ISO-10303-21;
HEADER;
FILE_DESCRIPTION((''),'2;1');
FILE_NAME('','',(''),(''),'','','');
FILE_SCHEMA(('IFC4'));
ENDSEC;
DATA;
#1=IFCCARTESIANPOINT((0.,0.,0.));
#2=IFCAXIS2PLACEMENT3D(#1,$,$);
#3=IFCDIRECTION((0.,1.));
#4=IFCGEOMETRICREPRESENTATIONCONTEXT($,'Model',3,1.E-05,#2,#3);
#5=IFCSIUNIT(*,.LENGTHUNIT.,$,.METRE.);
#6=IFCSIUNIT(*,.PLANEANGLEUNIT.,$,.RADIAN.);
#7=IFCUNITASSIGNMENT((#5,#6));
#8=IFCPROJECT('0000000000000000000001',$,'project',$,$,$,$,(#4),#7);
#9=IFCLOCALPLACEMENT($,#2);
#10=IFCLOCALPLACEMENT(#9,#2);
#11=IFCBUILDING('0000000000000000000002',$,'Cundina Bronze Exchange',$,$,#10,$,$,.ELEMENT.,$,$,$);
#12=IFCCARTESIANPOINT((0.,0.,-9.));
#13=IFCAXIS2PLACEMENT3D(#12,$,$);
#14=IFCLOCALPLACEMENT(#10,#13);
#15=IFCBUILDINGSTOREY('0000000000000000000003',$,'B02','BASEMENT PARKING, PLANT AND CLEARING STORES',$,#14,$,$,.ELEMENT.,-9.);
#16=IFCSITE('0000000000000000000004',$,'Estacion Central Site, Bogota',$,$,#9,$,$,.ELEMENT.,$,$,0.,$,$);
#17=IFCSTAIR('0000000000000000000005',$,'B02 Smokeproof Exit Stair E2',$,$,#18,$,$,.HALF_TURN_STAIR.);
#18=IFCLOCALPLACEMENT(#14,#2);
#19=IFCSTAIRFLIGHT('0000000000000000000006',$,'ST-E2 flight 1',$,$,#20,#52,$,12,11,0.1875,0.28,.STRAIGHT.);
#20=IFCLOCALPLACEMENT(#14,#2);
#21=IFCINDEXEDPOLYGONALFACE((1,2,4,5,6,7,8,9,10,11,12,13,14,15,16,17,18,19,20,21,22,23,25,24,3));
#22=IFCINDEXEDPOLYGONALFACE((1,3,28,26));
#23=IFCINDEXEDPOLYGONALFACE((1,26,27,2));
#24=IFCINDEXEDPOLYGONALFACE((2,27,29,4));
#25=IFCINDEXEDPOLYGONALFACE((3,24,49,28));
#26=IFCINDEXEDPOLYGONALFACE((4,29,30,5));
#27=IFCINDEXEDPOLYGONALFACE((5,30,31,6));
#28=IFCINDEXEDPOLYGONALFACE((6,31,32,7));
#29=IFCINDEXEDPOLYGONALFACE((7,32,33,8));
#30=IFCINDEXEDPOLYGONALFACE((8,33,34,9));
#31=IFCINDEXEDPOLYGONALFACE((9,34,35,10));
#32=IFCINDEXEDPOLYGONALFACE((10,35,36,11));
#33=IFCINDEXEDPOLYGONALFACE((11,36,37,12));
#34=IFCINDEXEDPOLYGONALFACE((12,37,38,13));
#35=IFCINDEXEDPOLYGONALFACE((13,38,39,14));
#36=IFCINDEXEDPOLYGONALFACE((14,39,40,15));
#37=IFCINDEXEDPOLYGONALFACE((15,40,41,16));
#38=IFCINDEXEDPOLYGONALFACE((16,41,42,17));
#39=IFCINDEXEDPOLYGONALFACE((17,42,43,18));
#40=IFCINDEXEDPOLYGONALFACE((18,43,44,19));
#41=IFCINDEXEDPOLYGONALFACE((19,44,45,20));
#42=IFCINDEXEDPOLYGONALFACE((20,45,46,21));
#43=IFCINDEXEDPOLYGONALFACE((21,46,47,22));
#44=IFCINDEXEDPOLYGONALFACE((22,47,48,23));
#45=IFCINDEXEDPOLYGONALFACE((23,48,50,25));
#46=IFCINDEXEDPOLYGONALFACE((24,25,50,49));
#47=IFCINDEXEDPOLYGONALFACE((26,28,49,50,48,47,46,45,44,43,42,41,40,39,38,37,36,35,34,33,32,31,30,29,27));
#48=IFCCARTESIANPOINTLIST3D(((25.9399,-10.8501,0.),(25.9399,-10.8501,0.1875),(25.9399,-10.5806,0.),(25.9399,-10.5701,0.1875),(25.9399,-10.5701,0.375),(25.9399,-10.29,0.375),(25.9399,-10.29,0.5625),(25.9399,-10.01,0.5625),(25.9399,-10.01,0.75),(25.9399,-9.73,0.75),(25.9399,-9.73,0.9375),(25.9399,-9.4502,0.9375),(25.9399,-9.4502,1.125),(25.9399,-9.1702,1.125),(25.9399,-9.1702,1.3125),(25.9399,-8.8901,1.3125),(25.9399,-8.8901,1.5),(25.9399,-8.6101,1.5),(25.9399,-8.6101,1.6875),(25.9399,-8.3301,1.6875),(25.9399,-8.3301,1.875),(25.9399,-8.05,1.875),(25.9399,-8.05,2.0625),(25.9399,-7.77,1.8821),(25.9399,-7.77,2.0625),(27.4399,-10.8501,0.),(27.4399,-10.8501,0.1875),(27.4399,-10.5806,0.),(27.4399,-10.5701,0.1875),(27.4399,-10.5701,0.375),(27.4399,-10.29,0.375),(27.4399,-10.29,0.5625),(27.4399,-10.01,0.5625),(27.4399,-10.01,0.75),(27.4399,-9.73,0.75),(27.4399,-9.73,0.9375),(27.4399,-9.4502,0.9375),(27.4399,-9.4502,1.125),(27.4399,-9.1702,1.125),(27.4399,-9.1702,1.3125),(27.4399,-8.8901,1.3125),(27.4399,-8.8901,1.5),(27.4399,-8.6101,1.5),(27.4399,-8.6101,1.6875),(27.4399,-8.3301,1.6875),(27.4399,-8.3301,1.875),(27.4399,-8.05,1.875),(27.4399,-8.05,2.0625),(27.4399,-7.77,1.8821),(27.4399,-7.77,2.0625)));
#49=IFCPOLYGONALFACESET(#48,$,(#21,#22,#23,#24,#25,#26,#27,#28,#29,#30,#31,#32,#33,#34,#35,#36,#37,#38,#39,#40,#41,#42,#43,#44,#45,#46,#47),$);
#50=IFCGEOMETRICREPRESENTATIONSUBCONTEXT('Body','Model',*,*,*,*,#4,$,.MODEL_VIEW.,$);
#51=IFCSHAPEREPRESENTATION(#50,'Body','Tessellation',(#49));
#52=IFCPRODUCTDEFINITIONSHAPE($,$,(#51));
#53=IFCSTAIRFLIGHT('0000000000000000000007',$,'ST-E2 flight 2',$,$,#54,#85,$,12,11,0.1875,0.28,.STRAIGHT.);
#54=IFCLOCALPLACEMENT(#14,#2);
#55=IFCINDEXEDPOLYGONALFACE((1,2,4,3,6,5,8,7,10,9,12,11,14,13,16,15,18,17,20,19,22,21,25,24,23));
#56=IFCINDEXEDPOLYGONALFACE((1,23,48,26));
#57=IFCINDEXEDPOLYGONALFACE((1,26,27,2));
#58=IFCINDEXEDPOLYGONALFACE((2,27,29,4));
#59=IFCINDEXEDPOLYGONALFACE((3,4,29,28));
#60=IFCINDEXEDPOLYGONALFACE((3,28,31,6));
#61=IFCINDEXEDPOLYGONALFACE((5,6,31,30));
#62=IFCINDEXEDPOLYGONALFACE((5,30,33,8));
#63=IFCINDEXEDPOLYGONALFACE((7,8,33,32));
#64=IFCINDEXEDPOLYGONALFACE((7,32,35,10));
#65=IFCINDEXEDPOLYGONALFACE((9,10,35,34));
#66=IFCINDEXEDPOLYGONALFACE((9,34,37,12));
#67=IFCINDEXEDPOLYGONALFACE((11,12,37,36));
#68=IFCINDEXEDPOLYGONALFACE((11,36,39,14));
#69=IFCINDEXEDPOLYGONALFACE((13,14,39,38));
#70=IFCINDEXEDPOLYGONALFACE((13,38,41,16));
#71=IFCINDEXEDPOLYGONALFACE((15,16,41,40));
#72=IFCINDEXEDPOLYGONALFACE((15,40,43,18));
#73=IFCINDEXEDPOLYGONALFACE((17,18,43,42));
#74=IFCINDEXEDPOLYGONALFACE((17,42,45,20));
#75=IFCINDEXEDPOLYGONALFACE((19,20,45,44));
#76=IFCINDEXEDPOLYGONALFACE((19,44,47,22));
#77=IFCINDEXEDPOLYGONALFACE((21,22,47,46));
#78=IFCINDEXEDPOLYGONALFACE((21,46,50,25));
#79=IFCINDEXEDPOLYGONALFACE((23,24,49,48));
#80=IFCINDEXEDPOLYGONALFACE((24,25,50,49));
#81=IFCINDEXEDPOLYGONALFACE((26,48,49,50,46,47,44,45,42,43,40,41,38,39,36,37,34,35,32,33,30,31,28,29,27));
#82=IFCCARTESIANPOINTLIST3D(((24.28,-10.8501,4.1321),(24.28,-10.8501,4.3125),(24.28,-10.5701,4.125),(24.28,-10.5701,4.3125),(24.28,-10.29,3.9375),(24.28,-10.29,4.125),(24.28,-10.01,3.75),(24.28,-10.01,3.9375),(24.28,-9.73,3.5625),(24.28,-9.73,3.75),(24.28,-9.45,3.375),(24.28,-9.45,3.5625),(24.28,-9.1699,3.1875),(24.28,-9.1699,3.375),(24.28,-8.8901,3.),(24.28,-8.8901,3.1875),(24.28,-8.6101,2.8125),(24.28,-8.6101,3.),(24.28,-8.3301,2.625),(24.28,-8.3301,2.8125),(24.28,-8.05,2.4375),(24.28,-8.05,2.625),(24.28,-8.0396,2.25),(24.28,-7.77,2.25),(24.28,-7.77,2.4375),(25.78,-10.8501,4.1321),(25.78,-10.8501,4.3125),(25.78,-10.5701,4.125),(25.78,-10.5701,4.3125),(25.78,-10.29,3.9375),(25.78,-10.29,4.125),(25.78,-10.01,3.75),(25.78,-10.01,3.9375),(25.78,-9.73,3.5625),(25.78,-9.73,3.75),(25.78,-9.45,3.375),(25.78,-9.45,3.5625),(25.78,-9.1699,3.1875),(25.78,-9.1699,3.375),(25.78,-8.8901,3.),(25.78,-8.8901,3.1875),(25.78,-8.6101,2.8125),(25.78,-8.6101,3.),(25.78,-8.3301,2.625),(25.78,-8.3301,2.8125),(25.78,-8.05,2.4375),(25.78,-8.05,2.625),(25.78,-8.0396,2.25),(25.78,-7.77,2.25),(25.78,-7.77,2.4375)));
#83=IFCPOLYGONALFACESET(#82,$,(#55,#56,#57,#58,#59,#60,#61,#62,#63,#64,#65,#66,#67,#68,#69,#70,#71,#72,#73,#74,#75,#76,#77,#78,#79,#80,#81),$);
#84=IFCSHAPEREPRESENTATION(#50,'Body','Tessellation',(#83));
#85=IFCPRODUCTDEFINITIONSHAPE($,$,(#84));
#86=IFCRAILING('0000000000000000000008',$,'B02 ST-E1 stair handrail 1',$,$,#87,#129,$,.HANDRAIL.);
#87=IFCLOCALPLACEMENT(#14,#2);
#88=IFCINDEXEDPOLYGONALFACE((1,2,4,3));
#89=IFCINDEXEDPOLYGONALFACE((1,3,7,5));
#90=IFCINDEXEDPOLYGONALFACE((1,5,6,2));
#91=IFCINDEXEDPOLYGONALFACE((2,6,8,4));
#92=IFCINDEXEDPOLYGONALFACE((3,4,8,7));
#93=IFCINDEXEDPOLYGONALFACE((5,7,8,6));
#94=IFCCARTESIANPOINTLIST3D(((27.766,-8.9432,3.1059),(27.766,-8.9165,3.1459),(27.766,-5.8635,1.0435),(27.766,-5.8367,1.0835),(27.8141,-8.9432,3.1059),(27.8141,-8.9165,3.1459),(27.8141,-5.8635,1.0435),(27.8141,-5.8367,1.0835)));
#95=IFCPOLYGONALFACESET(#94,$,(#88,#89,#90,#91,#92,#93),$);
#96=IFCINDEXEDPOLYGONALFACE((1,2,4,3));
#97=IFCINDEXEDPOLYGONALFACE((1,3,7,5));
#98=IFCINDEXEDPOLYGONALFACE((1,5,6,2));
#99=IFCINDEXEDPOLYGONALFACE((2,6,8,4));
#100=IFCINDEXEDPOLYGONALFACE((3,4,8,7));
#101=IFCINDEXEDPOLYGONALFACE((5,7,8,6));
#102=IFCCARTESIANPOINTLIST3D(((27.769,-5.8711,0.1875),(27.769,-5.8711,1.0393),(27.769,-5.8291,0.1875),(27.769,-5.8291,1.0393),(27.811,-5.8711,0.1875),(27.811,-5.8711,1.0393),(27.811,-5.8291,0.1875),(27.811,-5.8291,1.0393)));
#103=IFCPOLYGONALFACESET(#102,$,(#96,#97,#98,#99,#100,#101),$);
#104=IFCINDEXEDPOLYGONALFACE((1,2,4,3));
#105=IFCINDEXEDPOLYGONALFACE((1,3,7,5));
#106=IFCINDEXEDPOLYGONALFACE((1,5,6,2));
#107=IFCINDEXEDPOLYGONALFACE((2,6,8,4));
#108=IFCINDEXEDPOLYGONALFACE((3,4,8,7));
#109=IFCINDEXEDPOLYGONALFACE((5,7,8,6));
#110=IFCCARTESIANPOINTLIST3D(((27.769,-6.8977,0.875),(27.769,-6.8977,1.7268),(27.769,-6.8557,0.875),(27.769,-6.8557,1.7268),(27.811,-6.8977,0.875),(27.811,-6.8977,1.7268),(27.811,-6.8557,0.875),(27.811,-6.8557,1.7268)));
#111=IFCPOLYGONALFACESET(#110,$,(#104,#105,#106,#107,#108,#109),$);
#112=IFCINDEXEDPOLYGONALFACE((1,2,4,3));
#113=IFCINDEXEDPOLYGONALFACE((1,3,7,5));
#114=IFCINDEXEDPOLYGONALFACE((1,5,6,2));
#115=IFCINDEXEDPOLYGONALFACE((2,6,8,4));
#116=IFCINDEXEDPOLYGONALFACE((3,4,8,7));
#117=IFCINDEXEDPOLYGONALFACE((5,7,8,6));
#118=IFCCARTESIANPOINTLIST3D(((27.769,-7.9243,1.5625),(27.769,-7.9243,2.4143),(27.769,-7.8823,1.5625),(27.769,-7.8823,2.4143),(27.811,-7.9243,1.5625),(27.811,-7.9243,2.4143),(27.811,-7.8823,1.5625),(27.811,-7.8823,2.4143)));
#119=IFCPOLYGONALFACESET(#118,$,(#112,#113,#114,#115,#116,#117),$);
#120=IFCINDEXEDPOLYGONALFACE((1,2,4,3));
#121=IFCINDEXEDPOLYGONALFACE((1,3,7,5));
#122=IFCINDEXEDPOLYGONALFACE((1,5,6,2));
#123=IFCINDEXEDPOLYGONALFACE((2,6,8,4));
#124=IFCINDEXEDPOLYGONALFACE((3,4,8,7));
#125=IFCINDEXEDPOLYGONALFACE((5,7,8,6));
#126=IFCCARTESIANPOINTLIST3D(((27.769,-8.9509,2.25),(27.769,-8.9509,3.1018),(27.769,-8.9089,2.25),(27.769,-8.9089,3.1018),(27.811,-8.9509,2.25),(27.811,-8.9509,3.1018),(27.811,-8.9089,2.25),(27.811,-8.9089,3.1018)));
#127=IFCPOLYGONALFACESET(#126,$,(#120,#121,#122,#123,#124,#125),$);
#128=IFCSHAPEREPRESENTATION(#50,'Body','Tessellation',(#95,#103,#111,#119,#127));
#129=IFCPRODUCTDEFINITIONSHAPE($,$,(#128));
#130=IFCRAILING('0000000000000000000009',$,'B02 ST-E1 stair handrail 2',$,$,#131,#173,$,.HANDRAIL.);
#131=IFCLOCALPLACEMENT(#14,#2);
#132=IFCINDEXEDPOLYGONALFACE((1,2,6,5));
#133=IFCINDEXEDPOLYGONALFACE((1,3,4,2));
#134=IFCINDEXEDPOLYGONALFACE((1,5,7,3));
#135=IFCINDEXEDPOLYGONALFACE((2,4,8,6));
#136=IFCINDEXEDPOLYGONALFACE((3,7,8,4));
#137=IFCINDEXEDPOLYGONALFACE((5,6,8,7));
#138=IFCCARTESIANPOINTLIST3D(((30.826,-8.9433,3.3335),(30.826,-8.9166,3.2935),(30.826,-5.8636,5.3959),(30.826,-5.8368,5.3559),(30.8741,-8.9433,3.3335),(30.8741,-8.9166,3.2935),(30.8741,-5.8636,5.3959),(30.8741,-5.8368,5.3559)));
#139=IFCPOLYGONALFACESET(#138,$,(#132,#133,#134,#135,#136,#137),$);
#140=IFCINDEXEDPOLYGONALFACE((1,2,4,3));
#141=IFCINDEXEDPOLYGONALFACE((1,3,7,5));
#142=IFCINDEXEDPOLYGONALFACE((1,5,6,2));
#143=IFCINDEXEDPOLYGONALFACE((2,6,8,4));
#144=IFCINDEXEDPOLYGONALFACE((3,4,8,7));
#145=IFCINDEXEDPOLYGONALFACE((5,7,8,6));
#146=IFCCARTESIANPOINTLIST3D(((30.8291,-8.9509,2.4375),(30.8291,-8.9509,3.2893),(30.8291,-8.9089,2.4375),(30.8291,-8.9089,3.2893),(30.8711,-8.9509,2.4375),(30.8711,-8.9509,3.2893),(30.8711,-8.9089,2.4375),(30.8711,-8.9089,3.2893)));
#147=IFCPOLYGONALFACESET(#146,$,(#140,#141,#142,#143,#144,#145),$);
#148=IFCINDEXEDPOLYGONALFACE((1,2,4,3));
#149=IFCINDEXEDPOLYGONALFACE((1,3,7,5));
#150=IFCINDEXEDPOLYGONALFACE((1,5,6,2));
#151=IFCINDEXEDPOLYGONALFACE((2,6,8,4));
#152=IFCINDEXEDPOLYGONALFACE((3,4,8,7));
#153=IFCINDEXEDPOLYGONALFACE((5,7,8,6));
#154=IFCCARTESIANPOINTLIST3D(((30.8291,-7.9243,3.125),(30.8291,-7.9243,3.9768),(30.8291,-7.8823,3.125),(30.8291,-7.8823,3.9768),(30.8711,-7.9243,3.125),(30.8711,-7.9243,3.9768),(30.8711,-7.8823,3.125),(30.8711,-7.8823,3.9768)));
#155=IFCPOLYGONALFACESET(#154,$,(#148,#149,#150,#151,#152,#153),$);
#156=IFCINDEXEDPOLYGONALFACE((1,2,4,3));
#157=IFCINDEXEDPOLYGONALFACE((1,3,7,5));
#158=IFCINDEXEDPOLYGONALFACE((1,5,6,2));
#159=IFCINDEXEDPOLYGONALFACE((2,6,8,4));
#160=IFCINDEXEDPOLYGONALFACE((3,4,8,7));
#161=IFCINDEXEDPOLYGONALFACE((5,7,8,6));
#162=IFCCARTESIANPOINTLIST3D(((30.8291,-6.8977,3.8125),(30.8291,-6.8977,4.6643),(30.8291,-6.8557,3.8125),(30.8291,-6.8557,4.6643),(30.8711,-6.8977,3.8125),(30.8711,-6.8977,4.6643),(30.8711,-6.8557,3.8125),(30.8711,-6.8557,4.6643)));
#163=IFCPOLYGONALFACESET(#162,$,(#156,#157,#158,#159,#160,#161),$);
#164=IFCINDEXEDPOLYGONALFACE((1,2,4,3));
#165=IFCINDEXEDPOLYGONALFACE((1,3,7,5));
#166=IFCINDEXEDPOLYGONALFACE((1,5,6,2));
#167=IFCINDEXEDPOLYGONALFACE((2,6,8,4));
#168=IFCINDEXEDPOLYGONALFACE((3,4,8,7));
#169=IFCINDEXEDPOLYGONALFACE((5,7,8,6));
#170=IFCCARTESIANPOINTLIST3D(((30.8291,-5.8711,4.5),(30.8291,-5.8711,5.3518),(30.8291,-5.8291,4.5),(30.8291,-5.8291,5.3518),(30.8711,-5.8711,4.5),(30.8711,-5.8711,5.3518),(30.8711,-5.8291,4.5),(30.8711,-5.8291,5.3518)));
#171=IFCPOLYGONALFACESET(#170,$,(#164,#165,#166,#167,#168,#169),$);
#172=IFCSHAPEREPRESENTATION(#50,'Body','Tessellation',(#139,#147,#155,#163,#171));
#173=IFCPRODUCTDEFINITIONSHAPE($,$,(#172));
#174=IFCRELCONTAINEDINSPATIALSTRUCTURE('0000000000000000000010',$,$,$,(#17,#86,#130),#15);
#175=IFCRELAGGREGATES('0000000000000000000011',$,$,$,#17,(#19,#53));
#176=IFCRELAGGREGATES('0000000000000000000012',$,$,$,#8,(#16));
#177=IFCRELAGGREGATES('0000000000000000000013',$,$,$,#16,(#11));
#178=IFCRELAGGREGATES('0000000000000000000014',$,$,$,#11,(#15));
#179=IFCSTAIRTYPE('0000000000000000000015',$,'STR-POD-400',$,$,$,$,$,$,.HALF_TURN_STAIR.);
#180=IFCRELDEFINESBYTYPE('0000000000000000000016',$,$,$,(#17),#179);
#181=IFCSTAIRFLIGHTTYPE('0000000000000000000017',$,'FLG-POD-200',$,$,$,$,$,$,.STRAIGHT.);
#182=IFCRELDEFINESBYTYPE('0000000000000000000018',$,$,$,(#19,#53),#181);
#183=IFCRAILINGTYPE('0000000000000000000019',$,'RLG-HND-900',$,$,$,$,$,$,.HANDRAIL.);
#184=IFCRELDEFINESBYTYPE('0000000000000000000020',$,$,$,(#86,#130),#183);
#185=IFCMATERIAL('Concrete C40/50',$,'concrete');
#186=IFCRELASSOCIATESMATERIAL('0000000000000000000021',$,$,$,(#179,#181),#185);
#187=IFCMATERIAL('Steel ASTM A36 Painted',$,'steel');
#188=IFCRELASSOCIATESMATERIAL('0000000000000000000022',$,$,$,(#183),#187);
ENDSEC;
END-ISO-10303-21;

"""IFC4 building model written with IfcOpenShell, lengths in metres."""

from ifc_helpers import new_model, si_unit, direction, frame, origin, origin_2d, place, context, subcontext, project, spatial, polyline, rectangle, outline, extrude, material, type_object, element, aggregate, save


model = new_model("IFC4")

# Units and contexts
model_context = context("Model", 3, precision=1e-05, world=origin(), true_north=direction((0.0, 1.0)))
body_context = subcontext(model_context, "Body", "Model", "MODEL_VIEW")
ifc_project = project(units=[si_unit("LENGTHUNIT", "METRE"), si_unit("PLANEANGLEUNIT", "RADIAN")], contexts=[model_context])

# Site, building, storey
site_placement = place(None, origin())
site = spatial("IfcSite", under=ifc_project, at=site_placement, Name="Estacion Central Site, Bogota", CompositionType="ELEMENT", RefElevation=0.0)
building_placement = place(site_placement, origin())
building = spatial("IfcBuilding", under=site, at=building_placement, Name="Cundina Bronze Exchange", CompositionType="ELEMENT")
storey_placement = place(building_placement, frame((0.0, 0.0, -9.0)))
storey = spatial("IfcBuildingStorey", under=building, at=storey_placement, Name="B02", Description="BASEMENT PARKING, PLANT AND CLEARING STORES", CompositionType="ELEMENT", Elevation=-9.0)

# Shared definitions
ifc_material_1 = material(Name="Concrete C40/50", Category="concrete")

# Shared definitions
ifc_material_2 = material(Name="Steel ASTM A36 Painted", Category="steel")

# Stair, stair flights
stair_type = type_object("IfcStairType", Name="STR-POD-400", PredefinedType="HALF_TURN_STAIR", material=ifc_material_1)
stair_flight_type = type_object("IfcStairFlightType", Name="FLG-POD-200", PredefinedType="STRAIGHT", material=ifc_material_1)
stair_1_placement = place(storey_placement, origin())
stair_1 = element("IfcStair", 1, at=stair_1_placement, inside=storey, type_object=stair_type, Name="B02 Smokeproof Exit Stair E2", PredefinedType="HALF_TURN_STAIR")
stair_flight_1_placement = place(storey_placement, frame((26.6899, -10.8501, 0.0), z_axis=(0.0, 0.0, 1.0), x_axis=(0.0, 1.0, 0.0)))
stair_flight_1 = element("IfcStairFlight", 2, at=stair_flight_1_placement, type_object=stair_flight_type, Name="ST-E2 flight 1", NumberOfRisers=12, NumberOfTreads=11, PredefinedType="STRAIGHT", RiserHeight=0.1875, TreadLength=0.28, context=body_context, shape_type="SweptSolid", body=[
    extrude(outline(polyline([(0.0, 0.0), (0.0, 0.1875), (0.28, 0.1875), (0.28, 0.375), (0.5601, 0.375), (0.5601, 0.5625), (0.8401, 0.5625), (0.8401, 0.75), (1.1201, 0.75), (1.1201, 0.9375), (1.3999, 0.9375), (1.3999, 1.125), (1.6799, 1.125), (1.6799, 1.3125), (1.96, 1.3125), (1.96, 1.5), (2.24, 1.5), (2.24, 1.6875), (2.52, 1.6875), (2.52, 1.875), (2.8, 1.875), (2.8, 2.0625), (3.0801, 2.0625), (3.0801, 2.25), (3.0801, 1.8821), (0.2695, 0.0), (0.0, 0.0)])), frame((0.0, 0.75, 0.0), z_axis=(0.0, -1.0, 0.0), x_axis=(1.0, 0.0, 0.0)), (0.0, 0.0, 1.0), 1.5),
])
stair_flight_2_placement = place(storey_placement, frame((25.03, -7.77, 2.25), z_axis=(0.0, 0.0, 1.0), x_axis=(0.0, -1.0, 0.0)))
stair_flight_2 = element("IfcStairFlight", 3, at=stair_flight_2_placement, type_object=stair_flight_type, Name="ST-E2 flight 2", NumberOfRisers=12, NumberOfTreads=11, PredefinedType="STRAIGHT", RiserHeight=0.1875, TreadLength=0.28, context=body_context, shape_type="SweptSolid", body=[
    extrude(outline(polyline([(0.0, 0.0), (0.0, 0.1875), (0.28, 0.1875), (0.28, 0.375), (0.5601, 0.375), (0.5601, 0.5625), (0.8401, 0.5625), (0.8401, 0.75), (1.1201, 0.75), (1.1201, 0.9375), (1.3999, 0.9375), (1.3999, 1.125), (1.6799, 1.125), (1.6799, 1.3125), (1.96, 1.3125), (1.96, 1.5), (2.24, 1.5), (2.24, 1.6875), (2.52, 1.6875), (2.52, 1.875), (2.8, 1.875), (2.8, 2.0625), (3.0801, 2.0625), (3.0801, 2.25), (3.0801, 1.8821), (0.2695, 0.0), (0.0, 0.0)])), frame((0.0, 0.75, 0.0), z_axis=(0.0, -1.0, 0.0), x_axis=(1.0, 0.0, 0.0)), (0.0, 0.0, 1.0), 1.5),
])
aggregate(stair_1, [stair_flight_1, stair_flight_2])

# Railings
railing_type_1 = type_object("IfcRailingType", Name="RLG-HND-900", PredefinedType="HANDRAIL", material=ifc_material_2)
railing_1_placement = place(storey_placement, frame((27.79, -5.8501, 0.1875)))
element("IfcRailing", 4, at=railing_1_placement, inside=storey, type_object=railing_type_1, Name="B02 ST-E1 stair handrail 1", PredefinedType="HANDRAIL", context=body_context, shape_type="SweptSolid", body=[
    extrude(rectangle(XDim=0.0481, YDim=0.0481, at=origin_2d()), frame((0.0, 0.0, 0.876), z_axis=(0.0, -0.830893, 0.556432), x_axis=(1.0, 0.0, 0.0)), (0.0, 0.0, 1.0), 3.7065),
    extrude(rectangle(XDim=0.042, YDim=0.042, at=origin_2d()), origin(), (0.0, 0.0, 1.0), 0.8518),
    extrude(rectangle(XDim=0.042, YDim=0.042, at=origin_2d()), frame((0.0, -1.0266, 0.6875)), (0.0, 0.0, 1.0), 0.8518),
    extrude(rectangle(XDim=0.042, YDim=0.042, at=origin_2d()), frame((0.0, -2.0532, 1.375)), (0.0, 0.0, 1.0), 0.8518),
    extrude(rectangle(XDim=0.042, YDim=0.042, at=origin_2d()), frame((0.0, -3.0798, 2.0625)), (0.0, 0.0, 1.0), 0.8518),
])
railing_2_placement = place(storey_placement, frame((30.8501, -8.9299, 2.4375)))
element("IfcRailing", 5, at=railing_2_placement, inside=storey, type_object=railing_type_1, Name="B02 ST-E1 stair handrail 2", PredefinedType="HANDRAIL", context=body_context, shape_type="SweptSolid", body=[
    extrude(rectangle(XDim=0.0481, YDim=0.0481, at=origin_2d()), frame((0.0, 0.0, 0.876), z_axis=(0.0, 0.830893, 0.556432), x_axis=(-1.0, 0.0, 0.0)), (0.0, 0.0, 1.0), 3.7065),
    extrude(rectangle(XDim=0.042, YDim=0.042, at=origin_2d()), origin(), (0.0, 0.0, 1.0), 0.8518),
    extrude(rectangle(XDim=0.042, YDim=0.042, at=origin_2d()), frame((0.0, 1.0266, 0.6875)), (0.0, 0.0, 1.0), 0.8518),
    extrude(rectangle(XDim=0.042, YDim=0.042, at=origin_2d()), frame((0.0, 2.0532, 1.375)), (0.0, 0.0, 1.0), 0.8518),
    extrude(rectangle(XDim=0.042, YDim=0.042, at=origin_2d()), frame((0.0, 3.0798, 2.0625)), (0.0, 0.0, 1.0), 0.8518),
])

save(model, "model.ifc")
